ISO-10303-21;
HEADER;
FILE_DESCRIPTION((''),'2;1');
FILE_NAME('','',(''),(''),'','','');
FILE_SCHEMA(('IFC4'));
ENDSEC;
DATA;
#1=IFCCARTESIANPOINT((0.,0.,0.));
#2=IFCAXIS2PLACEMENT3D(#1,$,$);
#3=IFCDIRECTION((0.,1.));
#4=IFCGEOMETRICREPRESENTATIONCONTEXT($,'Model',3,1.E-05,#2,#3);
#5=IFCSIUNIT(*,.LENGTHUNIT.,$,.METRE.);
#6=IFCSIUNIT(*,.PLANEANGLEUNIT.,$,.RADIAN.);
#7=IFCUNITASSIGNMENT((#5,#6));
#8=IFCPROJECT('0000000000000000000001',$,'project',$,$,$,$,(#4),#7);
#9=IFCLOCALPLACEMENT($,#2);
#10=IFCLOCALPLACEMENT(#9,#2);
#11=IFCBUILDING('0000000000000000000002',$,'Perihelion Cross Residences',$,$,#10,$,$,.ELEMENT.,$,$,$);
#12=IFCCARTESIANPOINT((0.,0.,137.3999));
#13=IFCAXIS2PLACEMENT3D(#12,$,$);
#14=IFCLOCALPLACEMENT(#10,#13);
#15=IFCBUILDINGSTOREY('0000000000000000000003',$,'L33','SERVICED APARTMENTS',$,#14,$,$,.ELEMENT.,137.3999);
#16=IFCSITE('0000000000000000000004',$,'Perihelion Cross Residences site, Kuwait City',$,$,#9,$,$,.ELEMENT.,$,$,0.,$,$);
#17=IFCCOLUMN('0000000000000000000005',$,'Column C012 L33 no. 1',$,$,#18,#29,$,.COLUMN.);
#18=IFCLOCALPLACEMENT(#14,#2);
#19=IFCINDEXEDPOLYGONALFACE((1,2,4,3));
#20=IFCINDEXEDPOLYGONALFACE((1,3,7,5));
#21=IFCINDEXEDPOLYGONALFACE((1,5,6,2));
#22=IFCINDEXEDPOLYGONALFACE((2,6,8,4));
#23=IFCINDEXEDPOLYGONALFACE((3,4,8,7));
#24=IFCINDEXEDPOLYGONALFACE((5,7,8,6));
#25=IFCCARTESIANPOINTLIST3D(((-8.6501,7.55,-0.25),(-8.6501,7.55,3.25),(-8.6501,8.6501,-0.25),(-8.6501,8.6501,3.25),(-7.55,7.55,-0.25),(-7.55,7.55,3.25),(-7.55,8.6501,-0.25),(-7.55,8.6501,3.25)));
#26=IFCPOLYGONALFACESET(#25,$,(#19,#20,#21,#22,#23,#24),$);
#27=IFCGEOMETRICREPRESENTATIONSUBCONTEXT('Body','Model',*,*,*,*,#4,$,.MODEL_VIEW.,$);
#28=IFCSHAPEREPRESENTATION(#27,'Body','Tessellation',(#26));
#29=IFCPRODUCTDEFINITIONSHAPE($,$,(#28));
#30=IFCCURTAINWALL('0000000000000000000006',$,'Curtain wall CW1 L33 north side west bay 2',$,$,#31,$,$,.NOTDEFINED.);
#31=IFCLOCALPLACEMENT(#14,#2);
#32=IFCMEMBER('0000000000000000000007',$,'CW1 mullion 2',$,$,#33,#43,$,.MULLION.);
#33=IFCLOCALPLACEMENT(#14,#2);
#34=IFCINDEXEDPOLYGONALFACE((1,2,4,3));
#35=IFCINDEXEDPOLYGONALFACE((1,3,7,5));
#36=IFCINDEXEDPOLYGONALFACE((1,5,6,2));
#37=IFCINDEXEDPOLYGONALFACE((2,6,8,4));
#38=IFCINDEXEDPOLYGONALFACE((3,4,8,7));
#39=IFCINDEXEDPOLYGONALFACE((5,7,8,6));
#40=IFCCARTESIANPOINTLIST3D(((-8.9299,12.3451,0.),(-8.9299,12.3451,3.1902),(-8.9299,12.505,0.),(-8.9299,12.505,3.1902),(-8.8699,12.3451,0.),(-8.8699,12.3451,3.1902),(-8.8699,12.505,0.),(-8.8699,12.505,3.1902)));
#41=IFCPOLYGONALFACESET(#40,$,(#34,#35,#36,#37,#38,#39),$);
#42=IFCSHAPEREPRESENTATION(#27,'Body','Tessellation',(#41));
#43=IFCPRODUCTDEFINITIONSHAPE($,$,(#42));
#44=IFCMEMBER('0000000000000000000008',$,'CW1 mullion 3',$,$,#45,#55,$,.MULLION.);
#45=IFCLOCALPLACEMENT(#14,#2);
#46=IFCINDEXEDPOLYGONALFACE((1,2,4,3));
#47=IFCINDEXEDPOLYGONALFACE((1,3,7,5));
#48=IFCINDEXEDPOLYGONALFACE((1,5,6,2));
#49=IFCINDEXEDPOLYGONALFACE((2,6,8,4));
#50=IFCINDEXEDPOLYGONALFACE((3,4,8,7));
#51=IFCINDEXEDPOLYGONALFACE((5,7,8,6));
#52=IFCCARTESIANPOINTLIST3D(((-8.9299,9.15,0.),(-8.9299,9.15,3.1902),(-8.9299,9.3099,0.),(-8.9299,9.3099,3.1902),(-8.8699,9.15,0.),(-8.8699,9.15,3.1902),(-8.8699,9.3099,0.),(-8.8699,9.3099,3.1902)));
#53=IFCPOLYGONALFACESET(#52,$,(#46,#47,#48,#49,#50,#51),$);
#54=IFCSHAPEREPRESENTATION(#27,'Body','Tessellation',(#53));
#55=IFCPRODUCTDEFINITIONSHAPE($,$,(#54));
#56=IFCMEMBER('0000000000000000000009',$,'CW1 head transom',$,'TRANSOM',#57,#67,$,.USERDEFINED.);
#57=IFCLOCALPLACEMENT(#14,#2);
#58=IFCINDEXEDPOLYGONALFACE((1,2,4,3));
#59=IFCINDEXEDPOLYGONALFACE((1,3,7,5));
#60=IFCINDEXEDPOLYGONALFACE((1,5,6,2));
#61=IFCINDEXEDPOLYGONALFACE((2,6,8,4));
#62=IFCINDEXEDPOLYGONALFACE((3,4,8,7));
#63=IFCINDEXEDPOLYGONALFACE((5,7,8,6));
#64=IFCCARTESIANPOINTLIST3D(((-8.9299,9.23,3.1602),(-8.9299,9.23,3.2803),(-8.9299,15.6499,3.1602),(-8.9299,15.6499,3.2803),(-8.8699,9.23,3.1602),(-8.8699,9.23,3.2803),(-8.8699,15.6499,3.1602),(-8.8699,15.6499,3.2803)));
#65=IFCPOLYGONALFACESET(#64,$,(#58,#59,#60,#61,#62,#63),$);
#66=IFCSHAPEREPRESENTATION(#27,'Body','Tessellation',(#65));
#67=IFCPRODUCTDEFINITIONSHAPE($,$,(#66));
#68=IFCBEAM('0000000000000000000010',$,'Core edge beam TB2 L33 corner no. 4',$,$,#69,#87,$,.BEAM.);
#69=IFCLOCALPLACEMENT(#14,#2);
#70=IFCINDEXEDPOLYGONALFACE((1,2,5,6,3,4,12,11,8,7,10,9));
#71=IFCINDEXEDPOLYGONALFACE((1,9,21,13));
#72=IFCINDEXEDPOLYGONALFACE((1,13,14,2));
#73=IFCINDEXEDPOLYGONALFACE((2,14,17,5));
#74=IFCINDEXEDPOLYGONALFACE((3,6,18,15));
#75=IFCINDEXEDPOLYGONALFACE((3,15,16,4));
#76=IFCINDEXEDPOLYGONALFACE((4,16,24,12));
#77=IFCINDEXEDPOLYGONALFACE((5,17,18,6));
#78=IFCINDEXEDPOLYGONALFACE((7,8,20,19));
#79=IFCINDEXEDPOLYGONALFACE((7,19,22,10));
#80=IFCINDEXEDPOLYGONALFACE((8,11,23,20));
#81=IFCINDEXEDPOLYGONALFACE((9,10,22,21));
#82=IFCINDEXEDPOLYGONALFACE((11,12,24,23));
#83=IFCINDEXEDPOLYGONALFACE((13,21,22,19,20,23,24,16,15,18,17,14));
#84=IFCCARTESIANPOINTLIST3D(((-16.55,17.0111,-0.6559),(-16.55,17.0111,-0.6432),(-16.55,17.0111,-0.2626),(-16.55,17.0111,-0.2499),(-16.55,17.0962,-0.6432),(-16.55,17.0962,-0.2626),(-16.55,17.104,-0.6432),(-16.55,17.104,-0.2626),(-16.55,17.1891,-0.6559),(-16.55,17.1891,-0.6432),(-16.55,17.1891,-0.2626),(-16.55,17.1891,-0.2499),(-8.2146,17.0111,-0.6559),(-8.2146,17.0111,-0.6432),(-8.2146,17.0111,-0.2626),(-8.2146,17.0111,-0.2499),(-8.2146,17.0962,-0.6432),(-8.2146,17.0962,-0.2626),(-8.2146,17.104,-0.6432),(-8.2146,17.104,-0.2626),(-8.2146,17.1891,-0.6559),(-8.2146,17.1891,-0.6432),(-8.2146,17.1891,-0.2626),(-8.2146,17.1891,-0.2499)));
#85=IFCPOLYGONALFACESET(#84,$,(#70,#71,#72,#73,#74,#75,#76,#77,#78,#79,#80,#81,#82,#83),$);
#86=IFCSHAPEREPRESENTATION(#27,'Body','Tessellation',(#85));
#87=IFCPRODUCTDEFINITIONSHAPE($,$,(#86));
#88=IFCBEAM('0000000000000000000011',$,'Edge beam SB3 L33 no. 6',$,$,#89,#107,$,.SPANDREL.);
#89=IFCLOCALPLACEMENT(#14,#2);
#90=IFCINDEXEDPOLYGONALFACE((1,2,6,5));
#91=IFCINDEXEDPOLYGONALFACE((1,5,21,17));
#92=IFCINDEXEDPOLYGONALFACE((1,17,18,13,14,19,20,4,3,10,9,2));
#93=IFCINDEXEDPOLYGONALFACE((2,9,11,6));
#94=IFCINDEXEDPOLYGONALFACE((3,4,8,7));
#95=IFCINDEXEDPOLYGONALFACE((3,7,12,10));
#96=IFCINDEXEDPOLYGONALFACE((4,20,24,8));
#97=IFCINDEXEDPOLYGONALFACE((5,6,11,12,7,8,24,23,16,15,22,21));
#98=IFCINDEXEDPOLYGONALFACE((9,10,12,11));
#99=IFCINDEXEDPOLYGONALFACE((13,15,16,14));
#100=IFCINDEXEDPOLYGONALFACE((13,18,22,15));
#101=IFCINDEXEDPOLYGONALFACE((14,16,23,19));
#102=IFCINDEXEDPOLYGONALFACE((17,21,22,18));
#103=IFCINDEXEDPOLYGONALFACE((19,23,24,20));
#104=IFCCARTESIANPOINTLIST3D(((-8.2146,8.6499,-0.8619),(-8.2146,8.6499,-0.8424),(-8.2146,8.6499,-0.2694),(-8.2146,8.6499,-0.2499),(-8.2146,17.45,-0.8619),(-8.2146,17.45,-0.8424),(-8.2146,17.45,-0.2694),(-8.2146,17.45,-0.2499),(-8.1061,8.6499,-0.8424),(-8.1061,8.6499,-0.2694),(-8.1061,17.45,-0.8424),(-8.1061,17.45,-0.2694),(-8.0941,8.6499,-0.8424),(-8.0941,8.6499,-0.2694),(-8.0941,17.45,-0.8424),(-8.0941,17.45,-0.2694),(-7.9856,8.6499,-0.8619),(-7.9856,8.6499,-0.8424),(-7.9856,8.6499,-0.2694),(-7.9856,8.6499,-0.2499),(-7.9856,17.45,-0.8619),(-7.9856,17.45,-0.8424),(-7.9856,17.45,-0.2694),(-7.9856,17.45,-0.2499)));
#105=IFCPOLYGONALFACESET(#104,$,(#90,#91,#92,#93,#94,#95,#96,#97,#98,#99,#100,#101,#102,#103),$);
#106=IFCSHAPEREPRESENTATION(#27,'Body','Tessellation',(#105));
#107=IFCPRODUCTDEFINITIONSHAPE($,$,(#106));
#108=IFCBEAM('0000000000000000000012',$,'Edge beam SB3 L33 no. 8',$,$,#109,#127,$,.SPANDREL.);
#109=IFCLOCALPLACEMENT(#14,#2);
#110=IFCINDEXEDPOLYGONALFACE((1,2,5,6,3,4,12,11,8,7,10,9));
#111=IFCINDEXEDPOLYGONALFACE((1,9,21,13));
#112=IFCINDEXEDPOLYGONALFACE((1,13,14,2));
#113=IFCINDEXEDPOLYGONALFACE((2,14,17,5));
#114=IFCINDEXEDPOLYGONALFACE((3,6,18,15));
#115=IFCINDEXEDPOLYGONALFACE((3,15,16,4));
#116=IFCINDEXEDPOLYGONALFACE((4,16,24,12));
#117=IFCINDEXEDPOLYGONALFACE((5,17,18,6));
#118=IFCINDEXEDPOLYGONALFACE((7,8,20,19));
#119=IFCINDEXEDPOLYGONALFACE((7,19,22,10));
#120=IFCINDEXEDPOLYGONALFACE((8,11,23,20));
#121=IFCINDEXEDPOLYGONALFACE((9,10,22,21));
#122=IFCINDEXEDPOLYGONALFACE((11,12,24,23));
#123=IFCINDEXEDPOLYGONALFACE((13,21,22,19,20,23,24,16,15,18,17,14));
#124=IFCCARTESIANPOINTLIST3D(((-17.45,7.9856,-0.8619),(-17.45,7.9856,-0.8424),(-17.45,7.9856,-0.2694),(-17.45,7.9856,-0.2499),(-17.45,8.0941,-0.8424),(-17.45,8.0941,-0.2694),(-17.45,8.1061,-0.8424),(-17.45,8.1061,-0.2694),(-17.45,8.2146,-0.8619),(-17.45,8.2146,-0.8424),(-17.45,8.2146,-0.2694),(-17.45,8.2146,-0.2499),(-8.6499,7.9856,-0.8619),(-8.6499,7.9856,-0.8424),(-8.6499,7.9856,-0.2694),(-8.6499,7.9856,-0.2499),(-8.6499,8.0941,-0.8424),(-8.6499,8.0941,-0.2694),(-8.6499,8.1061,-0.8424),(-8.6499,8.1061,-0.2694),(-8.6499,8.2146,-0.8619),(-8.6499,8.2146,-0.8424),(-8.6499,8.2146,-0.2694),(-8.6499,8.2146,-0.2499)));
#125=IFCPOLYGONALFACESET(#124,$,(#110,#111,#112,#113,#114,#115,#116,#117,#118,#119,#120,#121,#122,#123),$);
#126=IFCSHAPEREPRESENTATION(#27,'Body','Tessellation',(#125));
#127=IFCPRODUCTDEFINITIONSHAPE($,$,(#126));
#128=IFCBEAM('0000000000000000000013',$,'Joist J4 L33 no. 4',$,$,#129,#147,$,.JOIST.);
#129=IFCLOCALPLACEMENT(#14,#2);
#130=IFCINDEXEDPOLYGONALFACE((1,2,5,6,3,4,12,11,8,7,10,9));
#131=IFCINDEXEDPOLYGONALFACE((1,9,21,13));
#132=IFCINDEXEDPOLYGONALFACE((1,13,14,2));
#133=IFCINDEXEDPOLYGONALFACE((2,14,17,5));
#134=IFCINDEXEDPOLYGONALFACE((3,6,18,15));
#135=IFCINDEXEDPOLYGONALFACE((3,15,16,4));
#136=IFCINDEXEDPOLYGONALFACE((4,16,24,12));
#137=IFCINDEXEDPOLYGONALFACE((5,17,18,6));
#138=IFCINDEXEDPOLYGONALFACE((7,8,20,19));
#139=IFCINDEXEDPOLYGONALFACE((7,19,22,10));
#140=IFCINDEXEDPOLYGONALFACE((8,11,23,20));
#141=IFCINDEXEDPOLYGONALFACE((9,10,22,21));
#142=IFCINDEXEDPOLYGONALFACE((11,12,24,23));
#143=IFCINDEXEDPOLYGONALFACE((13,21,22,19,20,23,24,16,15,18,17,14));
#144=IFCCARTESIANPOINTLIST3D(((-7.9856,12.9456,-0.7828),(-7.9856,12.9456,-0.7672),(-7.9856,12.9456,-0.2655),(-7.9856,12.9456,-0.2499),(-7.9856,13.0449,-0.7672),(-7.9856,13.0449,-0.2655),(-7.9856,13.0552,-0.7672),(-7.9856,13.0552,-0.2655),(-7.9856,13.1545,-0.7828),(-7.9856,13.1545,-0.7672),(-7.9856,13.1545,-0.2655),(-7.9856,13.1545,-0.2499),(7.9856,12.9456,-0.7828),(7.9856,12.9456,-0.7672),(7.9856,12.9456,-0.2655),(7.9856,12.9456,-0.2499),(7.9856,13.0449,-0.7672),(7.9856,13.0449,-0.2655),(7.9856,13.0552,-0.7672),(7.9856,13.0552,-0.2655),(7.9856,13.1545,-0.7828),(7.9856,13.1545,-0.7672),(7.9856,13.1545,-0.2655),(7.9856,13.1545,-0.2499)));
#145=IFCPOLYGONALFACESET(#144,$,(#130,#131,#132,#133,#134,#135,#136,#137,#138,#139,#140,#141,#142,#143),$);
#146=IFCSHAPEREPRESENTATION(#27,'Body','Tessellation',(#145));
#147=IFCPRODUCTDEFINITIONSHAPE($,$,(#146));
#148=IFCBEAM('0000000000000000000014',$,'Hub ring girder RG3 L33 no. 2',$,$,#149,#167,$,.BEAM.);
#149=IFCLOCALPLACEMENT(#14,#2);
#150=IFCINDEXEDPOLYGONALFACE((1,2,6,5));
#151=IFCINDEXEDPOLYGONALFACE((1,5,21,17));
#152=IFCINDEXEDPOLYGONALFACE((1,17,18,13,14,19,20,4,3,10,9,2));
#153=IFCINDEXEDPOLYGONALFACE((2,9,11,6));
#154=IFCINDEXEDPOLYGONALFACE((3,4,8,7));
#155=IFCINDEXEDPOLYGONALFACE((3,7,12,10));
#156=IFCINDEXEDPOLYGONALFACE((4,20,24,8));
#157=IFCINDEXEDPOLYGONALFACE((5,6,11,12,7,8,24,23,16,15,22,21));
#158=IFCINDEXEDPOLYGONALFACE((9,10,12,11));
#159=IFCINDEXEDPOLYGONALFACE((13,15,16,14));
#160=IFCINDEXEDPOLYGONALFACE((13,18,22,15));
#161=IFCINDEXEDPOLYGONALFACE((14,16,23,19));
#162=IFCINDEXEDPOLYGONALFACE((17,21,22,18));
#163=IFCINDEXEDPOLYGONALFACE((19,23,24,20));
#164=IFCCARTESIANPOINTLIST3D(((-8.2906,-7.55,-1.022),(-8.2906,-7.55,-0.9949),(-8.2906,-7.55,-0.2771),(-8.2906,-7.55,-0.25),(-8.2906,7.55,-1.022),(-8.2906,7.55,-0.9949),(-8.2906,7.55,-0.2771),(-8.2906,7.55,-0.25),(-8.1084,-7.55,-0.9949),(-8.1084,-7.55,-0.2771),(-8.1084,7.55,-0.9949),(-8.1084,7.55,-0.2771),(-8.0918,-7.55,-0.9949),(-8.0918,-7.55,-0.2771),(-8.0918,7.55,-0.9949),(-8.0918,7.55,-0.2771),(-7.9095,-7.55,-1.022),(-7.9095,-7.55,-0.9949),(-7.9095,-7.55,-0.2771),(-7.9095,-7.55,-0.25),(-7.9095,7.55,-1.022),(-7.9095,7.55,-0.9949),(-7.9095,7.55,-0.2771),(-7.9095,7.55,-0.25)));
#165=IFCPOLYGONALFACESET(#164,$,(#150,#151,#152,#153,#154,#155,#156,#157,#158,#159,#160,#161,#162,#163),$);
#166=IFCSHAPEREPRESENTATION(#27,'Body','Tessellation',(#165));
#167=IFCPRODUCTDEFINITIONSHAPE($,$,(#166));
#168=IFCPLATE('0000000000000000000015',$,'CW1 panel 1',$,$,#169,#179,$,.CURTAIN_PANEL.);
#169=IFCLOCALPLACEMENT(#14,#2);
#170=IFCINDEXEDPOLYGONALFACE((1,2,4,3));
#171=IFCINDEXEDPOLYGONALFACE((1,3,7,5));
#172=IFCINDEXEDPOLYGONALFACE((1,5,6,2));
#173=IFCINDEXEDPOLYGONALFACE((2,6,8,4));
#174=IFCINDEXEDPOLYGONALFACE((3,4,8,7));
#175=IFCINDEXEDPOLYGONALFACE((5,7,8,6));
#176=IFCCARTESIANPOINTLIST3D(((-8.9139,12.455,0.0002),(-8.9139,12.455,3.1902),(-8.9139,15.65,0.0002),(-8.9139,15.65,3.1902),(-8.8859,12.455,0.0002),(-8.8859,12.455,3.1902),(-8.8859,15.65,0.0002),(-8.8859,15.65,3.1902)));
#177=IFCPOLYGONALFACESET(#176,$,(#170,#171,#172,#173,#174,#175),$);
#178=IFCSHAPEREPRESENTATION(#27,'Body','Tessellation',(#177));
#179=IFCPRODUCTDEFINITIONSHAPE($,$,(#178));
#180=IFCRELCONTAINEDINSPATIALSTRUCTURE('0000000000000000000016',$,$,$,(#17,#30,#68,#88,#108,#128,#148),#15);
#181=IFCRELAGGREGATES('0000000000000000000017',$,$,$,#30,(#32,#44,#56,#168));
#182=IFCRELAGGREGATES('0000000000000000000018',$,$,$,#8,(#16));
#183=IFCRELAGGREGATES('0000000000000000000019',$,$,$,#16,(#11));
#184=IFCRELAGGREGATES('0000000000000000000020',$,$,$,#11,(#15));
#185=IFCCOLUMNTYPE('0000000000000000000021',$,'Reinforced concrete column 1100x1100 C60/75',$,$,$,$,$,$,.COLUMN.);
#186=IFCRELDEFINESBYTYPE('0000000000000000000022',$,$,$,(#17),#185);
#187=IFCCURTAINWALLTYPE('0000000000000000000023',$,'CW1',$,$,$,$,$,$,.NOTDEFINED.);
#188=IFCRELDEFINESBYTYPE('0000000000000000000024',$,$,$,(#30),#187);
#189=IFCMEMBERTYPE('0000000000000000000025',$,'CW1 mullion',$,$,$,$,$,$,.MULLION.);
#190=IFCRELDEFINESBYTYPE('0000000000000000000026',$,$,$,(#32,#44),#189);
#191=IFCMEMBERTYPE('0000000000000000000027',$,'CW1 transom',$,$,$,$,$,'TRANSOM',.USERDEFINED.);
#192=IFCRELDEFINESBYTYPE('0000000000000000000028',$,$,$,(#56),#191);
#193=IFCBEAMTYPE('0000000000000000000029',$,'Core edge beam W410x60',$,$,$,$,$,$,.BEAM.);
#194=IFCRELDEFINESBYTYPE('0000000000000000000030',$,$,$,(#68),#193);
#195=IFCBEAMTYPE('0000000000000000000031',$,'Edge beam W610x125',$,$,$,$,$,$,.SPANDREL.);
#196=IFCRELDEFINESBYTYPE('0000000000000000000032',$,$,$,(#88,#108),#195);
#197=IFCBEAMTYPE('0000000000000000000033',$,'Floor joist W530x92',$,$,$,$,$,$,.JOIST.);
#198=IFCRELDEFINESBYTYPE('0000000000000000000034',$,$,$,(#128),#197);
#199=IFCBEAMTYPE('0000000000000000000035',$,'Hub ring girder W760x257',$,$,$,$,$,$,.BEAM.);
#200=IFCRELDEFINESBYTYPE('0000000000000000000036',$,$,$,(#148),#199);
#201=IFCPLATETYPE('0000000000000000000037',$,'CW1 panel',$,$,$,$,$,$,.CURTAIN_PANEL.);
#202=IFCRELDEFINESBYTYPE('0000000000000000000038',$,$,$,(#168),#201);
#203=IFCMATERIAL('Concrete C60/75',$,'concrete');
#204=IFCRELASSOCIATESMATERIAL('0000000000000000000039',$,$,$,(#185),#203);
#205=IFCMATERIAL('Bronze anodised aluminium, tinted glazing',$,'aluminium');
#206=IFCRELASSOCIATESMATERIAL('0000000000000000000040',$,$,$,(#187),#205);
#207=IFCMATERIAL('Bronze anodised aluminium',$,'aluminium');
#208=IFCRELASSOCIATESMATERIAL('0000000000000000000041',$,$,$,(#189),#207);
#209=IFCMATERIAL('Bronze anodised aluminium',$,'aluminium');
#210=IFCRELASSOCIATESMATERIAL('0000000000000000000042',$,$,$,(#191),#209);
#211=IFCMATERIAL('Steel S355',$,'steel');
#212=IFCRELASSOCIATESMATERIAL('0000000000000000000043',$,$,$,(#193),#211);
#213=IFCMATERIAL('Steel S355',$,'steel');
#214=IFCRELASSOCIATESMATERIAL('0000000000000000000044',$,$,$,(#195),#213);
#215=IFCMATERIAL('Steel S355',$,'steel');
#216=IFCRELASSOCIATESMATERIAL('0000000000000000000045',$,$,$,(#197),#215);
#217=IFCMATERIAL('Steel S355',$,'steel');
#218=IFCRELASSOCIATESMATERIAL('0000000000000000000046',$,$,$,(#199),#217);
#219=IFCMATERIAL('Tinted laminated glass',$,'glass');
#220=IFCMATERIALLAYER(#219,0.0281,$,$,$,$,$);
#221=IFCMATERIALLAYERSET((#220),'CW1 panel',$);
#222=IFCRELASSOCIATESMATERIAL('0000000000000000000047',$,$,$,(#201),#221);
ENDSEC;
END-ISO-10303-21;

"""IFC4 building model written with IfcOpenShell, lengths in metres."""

from ifc_helpers import new_model, si_unit, direction, frame, origin, origin_2d, place, context, subcontext, project, spatial, rectangle, i_section, extrude, material, layer, layer_set, material_profile, profile_set, type_object, element, aggregate, save


model = new_model("IFC4")

# Units and contexts
model_context = context("Model", 3, precision=1e-05, world=origin(), true_north=direction((0.0, 1.0)))
body_context = subcontext(model_context, "Body", "Model", "MODEL_VIEW")
ifc_project = project(units=[si_unit("LENGTHUNIT", "METRE"), si_unit("PLANEANGLEUNIT", "RADIAN")], contexts=[model_context])

# Site, building, storey
site_placement = place(None, origin())
site = spatial("IfcSite", under=ifc_project, at=site_placement, Name="Perihelion Cross Residences site, Kuwait City", CompositionType="ELEMENT", RefElevation=0.0)
building_placement = place(site_placement, origin())
building = spatial("IfcBuilding", under=site, at=building_placement, Name="Perihelion Cross Residences", CompositionType="ELEMENT")
storey_placement = place(building_placement, frame((0.0, 0.0, 137.3999)))
storey = spatial("IfcBuildingStorey", under=building, at=storey_placement, Name="L33", Description="SERVICED APARTMENTS", CompositionType="ELEMENT", Elevation=137.3999)

# Column
ifc_material_1 = material(Name="Concrete C60/75", Category="concrete")
ifc_material_profile_1 = material_profile(ifc_material_1, rectangle(XDim=1.1001, YDim=1.1001, at=origin_2d()), Name="RC 1100x1100")
ifc_profile_set_1 = profile_set([ifc_material_profile_1], Name="Concrete C60/75")
column_type = type_object("IfcColumnType", Name="Reinforced concrete column 1100x1100 C60/75", PredefinedType="COLUMN", material=ifc_profile_set_1)
column_placement = place(storey_placement, frame((-8.1001, 8.1001, -0.25), z_axis=(0.0, 0.0, 1.0), x_axis=(1.0, 0.0, 0.0)))
element("IfcColumn", 1, at=column_placement, inside=storey, type_object=column_type, Name="Column C012 L33 no. 1", PredefinedType="COLUMN", context=body_context, shape_type="SweptSolid", body=[
    extrude(rectangle(XDim=1.1001, YDim=1.1001, at=origin_2d()), origin(), (0.0, 0.0, 1.0), 3.5),
])

# Curtain wall, members
ifc_material_2 = material(Name="Bronze anodised aluminium, tinted glazing", Category="aluminium")
curtain_wall_type = type_object("IfcCurtainWallType", Name="CW1", PredefinedType="NOTDEFINED", material=ifc_material_2)
curtain_wall_placement = place(storey_placement, origin())
curtain_wall = element("IfcCurtainWall", 2, at=curtain_wall_placement, inside=storey, type_object=curtain_wall_type, Name="Curtain wall CW1 L33 north side west bay 2", PredefinedType="NOTDEFINED")
ifc_material_3 = material(Name="Bronze anodised aluminium", Category="aluminium")
ifc_material_profile_2 = material_profile(ifc_material_3, rectangle(XDim=0.0601, YDim=0.1599, at=origin_2d()), Name="CW1 mullion")
ifc_profile_set_2 = profile_set([ifc_material_profile_2], Name="Bronze anodised aluminium")
member_type_1 = type_object("IfcMemberType", Name="CW1 mullion", PredefinedType="MULLION", material=ifc_profile_set_2)
member_1_placement = place(storey_placement, frame((-8.8999, 12.425, 0.0), z_axis=(0.0, 0.0, 1.0), x_axis=(1.0, 0.0, 0.0)))
member_1 = element("IfcMember", 3, at=member_1_placement, type_object=member_type_1, Name="CW1 mullion 2", PredefinedType="MULLION", context=body_context, shape_type="SweptSolid", body=[
    extrude(rectangle(XDim=0.0601, YDim=0.1599, at=origin_2d()), origin(), (0.0, 0.0, 1.0), 3.1902),
])
member_2_placement = place(storey_placement, frame((-8.8999, 9.23, 0.0), z_axis=(0.0, 0.0, 1.0), x_axis=(1.0, 0.0, 0.0)))
member_2 = element("IfcMember", 4, at=member_2_placement, type_object=member_type_1, Name="CW1 mullion 3", PredefinedType="MULLION", context=body_context, shape_type="SweptSolid", body=[
    extrude(rectangle(XDim=0.0601, YDim=0.1599, at=origin_2d()), origin(), (0.0, 0.0, 1.0), 3.1902),
])
ifc_material_4 = material(Name="Bronze anodised aluminium", Category="aluminium")
ifc_material_profile_3 = material_profile(ifc_material_4, rectangle(XDim=0.0601, YDim=0.1201, at=origin_2d()), Name="CW1 transom")
ifc_profile_set_3 = profile_set([ifc_material_profile_3], Name="Bronze anodised aluminium")
member_type_2 = type_object("IfcMemberType", Name="CW1 transom", ElementType="TRANSOM", PredefinedType="USERDEFINED", material=ifc_profile_set_3)
member_3_placement = place(storey_placement, frame((-8.8999, 15.6499, 3.2202), z_axis=(0.0, -1.0, 0.0), x_axis=(1.0, 0.0, 0.0)))
member_3 = element("IfcMember", 5, at=member_3_placement, type_object=member_type_2, Name="CW1 head transom", ObjectType="TRANSOM", PredefinedType="USERDEFINED", context=body_context, shape_type="SweptSolid", body=[
    extrude(rectangle(XDim=0.0601, YDim=0.1201, at=origin_2d()), origin(), (0.0, 0.0, 1.0), 6.4199),
])

# Beams
ifc_material_5 = material(Name="Steel S355", Category="steel")
ifc_material_profile_4 = material_profile(ifc_material_5, i_section(OverallWidth=0.178, OverallDepth=0.406, WebThickness=0.0078, FlangeThickness=0.0127, at=origin_2d()), Name="W410x60")
ifc_profile_set_4 = profile_set([ifc_material_profile_4], Name="Steel S355")
beam_type_1 = type_object("IfcBeamType", Name="Core edge beam W410x60", PredefinedType="BEAM", material=ifc_profile_set_4)
beam_1_placement = place(storey_placement, frame((-8.2146, 17.1001, -0.4529), z_axis=(-1.0, 0.0, 0.0), x_axis=(0.0, -1.0, 0.0)))
element("IfcBeam", 6, at=beam_1_placement, inside=storey, type_object=beam_type_1, Name="Core edge beam TB2 L33 corner no. 4", PredefinedType="BEAM", context=body_context, shape_type="SweptSolid", body=[
    extrude(i_section(OverallWidth=0.178, OverallDepth=0.406, WebThickness=0.0078, FlangeThickness=0.0127, at=origin_2d()), origin(), (0.0, 0.0, 1.0), 8.3354),
])
ifc_material_6 = material(Name="Steel S355", Category="steel")
ifc_material_profile_5 = material_profile(ifc_material_6, i_section(OverallWidth=0.229, OverallDepth=0.6121, WebThickness=0.012, FlangeThickness=0.0195, at=origin_2d()), Name="W610x125")
ifc_profile_set_5 = profile_set([ifc_material_profile_5], Name="Steel S355")
beam_type_2 = type_object("IfcBeamType", Name="Edge beam W610x125", PredefinedType="SPANDREL", material=ifc_profile_set_5)
for number, where, z_axis, x_axis, name in (
    (7, (-8.1001, 17.45, -0.5559), (0.0, -1.0, 0.0), (1.0, 0.0, 0.0), "Edge beam SB3 L33 no. 6"),
    (8, (-8.6499, 8.1001, -0.5559), (-1.0, 0.0, 0.0), (0.0, -1.0, 0.0), "Edge beam SB3 L33 no. 8"),
):
    element("IfcBeam", number, at=place(storey_placement, frame(where, z_axis=z_axis, x_axis=x_axis)), inside=storey, type_object=beam_type_2, Name=name, PredefinedType="SPANDREL", context=body_context, shape_type="SweptSolid", body=[
        extrude(i_section(OverallWidth=0.229, OverallDepth=0.6121, WebThickness=0.012, FlangeThickness=0.0195, at=origin_2d()), origin(), (0.0, 0.0, 1.0), 8.8),
    ])
ifc_material_7 = material(Name="Steel S355", Category="steel")
ifc_material_profile_6 = material_profile(ifc_material_7, i_section(OverallWidth=0.209, OverallDepth=0.533, WebThickness=0.0103, FlangeThickness=0.0156, at=origin_2d()), Name="W530x92")
ifc_profile_set_6 = profile_set([ifc_material_profile_6], Name="Steel S355")
beam_type_3 = type_object("IfcBeamType", Name="Floor joist W530x92", PredefinedType="JOIST", material=ifc_profile_set_6)
beam_2_placement = place(storey_placement, frame((-7.9856, 13.05, -0.5164), z_axis=(1.0, 0.0, 0.0), x_axis=(0.0, 1.0, 0.0)))
element("IfcBeam", 9, at=beam_2_placement, inside=storey, type_object=beam_type_3, Name="Joist J4 L33 no. 4", PredefinedType="JOIST", context=body_context, shape_type="SweptSolid", body=[
    extrude(i_section(OverallWidth=0.209, OverallDepth=0.533, WebThickness=0.0103, FlangeThickness=0.0156, at=origin_2d()), origin(), (0.0, 0.0, 1.0), 15.9712),
])
ifc_material_8 = material(Name="Steel S355", Category="steel")
ifc_material_profile_7 = material_profile(ifc_material_8, i_section(OverallWidth=0.3811, OverallDepth=0.772, WebThickness=0.0166, FlangeThickness=0.0271, at=origin_2d()), Name="W760x257")
ifc_profile_set_7 = profile_set([ifc_material_profile_7], Name="Steel S355")
beam_type_4 = type_object("IfcBeamType", Name="Hub ring girder W760x257", PredefinedType="BEAM", material=ifc_profile_set_7)
beam_3_placement = place(storey_placement, frame((-8.1001, 7.55, -0.636), z_axis=(0.0, -1.0, 0.0), x_axis=(1.0, 0.0, 0.0)))
element("IfcBeam", 10, at=beam_3_placement, inside=storey, type_object=beam_type_4, Name="Hub ring girder RG3 L33 no. 2", PredefinedType="BEAM", context=body_context, shape_type="SweptSolid", body=[
    extrude(i_section(OverallWidth=0.3811, OverallDepth=0.772, WebThickness=0.0166, FlangeThickness=0.0271, at=origin_2d()), origin(), (0.0, 0.0, 1.0), 15.1001),
])

# Plate
ifc_material_9 = material(Name="Tinted laminated glass", Category="glass")
ifc_layer_1 = layer(ifc_material_9, 0.0281)
ifc_layer_set_1 = layer_set([ifc_layer_1], Name="CW1 panel")
plate_type = type_object("IfcPlateType", Name="CW1 panel", PredefinedType="CURTAIN_PANEL", material=ifc_layer_set_1)
plate_1_placement = place(storey_placement, frame((-8.8999, 14.0525, 0.0002), z_axis=(0.0, 0.0, 1.0), x_axis=(0.0, -1.0, 0.0)))
plate_1 = element("IfcPlate", 11, at=plate_1_placement, type_object=plate_type, Name="CW1 panel 1", PredefinedType="CURTAIN_PANEL", context=body_context, shape_type="SweptSolid", body=[
    extrude(rectangle(XDim=3.1951, YDim=0.0281, at=origin_2d()), origin(), (0.0, 0.0, 1.0), 3.1899),
])
aggregate(curtain_wall, [member_1, member_2, member_3, plate_1])

save(model, "model.ifc")
